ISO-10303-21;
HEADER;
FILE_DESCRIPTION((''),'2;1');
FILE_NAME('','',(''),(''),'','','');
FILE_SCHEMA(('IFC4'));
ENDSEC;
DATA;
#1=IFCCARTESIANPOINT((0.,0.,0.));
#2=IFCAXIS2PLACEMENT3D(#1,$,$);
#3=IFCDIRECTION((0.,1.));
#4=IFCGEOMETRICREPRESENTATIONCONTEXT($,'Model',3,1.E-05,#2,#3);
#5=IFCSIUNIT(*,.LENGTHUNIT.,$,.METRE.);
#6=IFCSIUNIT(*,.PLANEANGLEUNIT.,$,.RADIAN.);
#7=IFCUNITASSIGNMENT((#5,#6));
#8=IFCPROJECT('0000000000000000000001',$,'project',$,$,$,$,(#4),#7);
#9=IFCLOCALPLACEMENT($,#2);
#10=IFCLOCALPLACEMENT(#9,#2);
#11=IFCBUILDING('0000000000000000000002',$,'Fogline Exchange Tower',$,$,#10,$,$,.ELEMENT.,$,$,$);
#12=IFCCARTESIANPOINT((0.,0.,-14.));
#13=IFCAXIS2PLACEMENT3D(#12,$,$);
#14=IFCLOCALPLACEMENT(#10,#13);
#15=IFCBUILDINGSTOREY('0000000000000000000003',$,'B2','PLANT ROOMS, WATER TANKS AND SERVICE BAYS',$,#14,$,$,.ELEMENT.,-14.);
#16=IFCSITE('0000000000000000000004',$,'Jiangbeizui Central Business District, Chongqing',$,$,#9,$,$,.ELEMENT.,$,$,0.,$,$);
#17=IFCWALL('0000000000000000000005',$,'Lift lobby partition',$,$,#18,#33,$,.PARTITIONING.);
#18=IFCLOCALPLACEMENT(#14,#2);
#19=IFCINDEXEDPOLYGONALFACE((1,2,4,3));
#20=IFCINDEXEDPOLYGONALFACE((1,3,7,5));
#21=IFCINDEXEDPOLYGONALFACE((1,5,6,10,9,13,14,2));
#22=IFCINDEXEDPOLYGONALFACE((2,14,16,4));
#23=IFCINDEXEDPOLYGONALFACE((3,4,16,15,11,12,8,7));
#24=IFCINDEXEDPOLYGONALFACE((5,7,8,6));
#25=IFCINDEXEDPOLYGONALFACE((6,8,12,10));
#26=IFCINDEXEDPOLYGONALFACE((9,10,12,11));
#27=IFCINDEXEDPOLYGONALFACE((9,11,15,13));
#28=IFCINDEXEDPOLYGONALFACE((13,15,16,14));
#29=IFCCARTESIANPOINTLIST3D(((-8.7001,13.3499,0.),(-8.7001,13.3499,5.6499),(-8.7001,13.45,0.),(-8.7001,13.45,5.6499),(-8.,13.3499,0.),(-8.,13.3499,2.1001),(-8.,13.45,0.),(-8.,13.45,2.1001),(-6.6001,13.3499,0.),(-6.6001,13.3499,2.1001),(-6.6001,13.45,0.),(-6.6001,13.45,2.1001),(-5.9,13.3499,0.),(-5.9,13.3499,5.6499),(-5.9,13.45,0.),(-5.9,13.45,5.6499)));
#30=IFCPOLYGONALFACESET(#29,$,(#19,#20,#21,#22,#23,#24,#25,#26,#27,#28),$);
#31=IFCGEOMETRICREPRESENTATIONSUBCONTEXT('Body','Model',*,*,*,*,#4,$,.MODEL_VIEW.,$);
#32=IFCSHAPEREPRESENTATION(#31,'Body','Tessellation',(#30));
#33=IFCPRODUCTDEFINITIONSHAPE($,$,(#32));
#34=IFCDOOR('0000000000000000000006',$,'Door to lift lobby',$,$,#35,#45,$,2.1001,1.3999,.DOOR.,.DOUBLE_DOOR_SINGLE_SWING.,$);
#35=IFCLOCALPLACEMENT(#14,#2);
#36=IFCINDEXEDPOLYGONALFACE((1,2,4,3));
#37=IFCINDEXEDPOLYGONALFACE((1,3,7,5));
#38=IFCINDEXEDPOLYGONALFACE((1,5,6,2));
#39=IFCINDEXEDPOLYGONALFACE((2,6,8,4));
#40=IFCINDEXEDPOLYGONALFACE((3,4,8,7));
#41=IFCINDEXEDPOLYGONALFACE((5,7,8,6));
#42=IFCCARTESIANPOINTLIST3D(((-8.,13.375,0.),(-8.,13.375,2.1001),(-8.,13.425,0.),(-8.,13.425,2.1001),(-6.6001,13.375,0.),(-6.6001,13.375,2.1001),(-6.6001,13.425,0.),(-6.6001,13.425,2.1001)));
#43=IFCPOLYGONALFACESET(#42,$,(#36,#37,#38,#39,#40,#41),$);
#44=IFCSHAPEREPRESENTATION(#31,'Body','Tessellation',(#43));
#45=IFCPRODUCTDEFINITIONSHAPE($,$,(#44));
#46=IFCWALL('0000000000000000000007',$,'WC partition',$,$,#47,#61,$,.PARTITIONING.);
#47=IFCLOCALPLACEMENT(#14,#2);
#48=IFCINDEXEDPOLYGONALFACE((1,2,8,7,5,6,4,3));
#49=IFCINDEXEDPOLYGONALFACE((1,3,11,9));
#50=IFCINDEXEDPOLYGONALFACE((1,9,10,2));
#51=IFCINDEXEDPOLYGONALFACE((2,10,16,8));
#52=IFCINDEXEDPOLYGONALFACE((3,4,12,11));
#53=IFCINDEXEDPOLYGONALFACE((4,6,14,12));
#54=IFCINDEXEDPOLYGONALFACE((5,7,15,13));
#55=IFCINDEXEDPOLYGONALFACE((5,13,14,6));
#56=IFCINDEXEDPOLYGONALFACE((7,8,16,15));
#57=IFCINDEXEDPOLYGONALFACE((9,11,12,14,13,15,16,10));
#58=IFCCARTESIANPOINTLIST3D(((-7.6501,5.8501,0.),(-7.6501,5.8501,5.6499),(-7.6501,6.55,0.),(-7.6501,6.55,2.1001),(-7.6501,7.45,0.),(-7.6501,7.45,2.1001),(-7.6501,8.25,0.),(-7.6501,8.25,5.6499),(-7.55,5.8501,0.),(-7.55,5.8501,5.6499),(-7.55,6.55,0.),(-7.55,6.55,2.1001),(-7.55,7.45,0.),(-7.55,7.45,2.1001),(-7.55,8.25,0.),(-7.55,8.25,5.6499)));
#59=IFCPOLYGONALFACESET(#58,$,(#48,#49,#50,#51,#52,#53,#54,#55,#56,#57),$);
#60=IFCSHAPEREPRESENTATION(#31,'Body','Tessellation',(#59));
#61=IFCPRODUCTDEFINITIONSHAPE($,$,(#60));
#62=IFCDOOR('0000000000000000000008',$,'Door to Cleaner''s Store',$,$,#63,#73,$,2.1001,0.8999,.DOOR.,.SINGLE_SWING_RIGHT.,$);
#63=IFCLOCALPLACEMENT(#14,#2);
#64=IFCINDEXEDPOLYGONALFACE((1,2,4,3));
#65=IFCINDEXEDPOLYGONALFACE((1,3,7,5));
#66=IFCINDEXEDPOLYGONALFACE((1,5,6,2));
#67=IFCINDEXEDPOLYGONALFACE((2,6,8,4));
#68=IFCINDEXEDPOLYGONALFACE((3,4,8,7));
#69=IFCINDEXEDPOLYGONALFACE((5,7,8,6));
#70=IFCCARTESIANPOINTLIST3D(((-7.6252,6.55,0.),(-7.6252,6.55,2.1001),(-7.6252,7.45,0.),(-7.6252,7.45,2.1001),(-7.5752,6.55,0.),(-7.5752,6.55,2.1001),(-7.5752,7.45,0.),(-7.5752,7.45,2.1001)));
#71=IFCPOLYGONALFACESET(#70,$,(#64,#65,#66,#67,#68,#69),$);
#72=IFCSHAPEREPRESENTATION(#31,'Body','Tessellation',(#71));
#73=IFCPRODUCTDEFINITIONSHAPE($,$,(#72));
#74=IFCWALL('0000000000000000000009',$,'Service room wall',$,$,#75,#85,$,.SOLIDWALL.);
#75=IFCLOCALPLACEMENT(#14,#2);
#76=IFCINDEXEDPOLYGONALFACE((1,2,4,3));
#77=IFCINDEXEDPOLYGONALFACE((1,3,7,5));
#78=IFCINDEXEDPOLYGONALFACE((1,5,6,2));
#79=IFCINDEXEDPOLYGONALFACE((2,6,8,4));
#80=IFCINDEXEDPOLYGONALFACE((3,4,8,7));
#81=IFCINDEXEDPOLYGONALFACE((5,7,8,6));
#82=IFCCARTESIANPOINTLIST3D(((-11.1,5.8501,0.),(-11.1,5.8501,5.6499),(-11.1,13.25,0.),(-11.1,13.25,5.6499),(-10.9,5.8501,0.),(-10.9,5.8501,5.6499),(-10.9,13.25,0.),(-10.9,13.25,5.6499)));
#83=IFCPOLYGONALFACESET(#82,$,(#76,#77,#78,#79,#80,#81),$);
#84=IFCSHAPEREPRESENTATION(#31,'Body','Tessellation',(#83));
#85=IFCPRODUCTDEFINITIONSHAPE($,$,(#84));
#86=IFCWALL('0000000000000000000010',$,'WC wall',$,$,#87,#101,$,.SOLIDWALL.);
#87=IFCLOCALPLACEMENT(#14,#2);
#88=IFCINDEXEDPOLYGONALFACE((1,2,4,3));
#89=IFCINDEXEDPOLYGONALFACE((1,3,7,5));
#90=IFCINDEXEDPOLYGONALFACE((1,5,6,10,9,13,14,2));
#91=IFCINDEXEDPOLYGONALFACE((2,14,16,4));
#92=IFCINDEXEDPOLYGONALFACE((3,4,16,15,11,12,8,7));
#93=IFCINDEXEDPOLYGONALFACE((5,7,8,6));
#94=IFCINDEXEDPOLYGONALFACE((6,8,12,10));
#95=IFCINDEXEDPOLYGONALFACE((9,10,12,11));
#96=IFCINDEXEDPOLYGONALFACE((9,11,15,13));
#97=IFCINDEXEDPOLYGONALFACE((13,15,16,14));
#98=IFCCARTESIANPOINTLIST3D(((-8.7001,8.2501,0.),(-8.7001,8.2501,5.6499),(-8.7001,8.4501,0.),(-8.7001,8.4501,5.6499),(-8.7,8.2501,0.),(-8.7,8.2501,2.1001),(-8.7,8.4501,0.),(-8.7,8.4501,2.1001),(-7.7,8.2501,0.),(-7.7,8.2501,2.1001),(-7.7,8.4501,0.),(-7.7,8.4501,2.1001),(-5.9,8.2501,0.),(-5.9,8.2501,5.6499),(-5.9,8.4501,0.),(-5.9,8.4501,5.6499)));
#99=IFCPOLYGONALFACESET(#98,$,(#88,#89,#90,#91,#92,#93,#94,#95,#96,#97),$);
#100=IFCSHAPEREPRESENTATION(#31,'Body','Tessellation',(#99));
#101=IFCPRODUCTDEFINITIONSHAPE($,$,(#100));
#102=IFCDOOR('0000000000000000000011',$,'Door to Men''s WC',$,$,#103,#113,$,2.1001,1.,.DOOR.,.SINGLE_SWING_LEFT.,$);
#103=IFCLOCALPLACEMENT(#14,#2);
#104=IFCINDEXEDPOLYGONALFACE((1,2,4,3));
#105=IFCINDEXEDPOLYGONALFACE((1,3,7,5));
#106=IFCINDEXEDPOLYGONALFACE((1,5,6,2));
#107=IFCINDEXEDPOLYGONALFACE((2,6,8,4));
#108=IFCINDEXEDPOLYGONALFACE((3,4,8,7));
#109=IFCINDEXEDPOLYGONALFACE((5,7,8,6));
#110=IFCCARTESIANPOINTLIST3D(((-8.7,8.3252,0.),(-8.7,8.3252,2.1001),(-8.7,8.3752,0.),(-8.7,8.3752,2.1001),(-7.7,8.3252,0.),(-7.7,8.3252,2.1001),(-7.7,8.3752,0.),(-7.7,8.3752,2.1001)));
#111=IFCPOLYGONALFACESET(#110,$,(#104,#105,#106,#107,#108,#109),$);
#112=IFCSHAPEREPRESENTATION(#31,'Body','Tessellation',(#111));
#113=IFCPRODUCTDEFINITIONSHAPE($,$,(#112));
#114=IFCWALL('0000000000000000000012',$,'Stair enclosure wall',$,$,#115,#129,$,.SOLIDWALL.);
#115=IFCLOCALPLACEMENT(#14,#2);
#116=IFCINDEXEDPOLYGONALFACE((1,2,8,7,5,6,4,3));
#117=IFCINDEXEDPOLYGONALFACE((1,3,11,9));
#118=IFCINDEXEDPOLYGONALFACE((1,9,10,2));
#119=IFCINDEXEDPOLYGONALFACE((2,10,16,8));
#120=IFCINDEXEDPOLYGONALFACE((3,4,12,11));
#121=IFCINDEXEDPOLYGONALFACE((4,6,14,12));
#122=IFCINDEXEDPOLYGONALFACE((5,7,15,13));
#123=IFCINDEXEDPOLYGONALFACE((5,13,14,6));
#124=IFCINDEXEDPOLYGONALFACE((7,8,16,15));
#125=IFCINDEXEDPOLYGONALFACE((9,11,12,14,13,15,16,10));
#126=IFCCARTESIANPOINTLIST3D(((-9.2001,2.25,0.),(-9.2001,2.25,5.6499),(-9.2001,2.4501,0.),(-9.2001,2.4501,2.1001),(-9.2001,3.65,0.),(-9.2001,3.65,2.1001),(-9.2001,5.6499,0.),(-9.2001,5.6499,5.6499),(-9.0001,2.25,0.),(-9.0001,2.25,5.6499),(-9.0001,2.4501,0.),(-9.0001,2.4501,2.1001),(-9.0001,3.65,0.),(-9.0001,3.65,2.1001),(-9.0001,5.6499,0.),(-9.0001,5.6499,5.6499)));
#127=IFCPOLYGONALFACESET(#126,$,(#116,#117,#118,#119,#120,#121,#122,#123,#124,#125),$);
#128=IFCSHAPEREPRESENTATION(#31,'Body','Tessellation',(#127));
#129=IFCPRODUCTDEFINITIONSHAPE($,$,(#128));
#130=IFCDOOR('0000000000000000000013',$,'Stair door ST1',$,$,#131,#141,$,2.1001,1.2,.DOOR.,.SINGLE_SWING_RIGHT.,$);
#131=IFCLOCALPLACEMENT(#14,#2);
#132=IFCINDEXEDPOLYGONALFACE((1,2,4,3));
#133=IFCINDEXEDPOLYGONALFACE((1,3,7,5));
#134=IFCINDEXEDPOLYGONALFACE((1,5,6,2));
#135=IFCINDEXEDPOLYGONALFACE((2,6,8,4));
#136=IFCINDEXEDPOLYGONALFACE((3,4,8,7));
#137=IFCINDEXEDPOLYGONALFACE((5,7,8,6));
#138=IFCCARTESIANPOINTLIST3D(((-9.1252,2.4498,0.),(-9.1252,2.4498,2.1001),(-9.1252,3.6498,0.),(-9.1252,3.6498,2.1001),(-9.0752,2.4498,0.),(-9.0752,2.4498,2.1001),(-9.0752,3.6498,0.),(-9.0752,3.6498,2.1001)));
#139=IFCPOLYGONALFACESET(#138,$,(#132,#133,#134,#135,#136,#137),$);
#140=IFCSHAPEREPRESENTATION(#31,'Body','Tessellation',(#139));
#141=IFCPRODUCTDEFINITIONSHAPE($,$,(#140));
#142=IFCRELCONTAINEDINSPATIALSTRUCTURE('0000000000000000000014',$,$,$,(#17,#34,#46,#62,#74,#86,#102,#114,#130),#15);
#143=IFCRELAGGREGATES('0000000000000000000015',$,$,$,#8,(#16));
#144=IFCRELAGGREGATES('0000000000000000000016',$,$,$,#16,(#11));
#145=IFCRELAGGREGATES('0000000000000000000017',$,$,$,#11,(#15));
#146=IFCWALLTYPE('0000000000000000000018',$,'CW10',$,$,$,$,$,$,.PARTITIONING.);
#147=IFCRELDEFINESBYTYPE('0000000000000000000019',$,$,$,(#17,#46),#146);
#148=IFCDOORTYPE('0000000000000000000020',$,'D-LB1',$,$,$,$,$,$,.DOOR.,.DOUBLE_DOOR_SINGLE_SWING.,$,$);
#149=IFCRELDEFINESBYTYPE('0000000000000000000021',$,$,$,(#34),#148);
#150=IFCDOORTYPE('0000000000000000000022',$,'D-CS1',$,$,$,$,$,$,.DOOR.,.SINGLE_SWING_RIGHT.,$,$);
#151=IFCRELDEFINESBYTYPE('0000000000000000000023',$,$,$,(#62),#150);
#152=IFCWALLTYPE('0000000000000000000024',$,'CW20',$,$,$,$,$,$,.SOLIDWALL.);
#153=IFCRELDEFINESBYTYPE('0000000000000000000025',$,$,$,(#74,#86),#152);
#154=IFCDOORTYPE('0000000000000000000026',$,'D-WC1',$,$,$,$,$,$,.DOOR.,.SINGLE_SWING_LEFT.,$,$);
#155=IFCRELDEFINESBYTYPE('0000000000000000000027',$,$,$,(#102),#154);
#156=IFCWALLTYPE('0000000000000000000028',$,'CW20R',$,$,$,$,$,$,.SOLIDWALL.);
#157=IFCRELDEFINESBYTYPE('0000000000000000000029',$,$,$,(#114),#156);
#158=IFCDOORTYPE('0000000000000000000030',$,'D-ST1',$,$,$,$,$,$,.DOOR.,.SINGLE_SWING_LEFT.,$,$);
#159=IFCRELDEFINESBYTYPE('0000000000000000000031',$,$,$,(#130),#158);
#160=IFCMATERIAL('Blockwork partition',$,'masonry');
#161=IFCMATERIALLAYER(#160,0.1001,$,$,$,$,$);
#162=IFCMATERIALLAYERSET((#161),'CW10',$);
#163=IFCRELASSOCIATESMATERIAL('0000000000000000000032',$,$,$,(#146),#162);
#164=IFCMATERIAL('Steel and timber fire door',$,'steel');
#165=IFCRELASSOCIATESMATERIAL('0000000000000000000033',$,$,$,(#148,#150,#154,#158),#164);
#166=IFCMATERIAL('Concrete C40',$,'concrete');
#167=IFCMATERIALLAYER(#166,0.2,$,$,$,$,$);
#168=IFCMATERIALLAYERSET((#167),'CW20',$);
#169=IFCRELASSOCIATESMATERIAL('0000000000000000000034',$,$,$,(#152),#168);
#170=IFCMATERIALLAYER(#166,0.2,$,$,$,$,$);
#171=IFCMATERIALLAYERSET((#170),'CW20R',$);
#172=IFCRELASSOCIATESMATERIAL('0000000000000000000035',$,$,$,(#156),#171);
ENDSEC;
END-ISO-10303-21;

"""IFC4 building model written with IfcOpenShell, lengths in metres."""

from ifc_helpers import new_model, si_unit, direction, frame, frame_2d, origin, place, context, subcontext, project, spatial, rectangle, extrude, material, layer, layer_set, type_object, element, fill, save


model = new_model("IFC4")

# Units and contexts
model_context = context("Model", 3, precision=1e-05, world=origin(), true_north=direction((0.0, 1.0)))
body_context = subcontext(model_context, "Body", "Model", "MODEL_VIEW")
ifc_project = project(units=[si_unit("LENGTHUNIT", "METRE"), si_unit("PLANEANGLEUNIT", "RADIAN")], contexts=[model_context])

# Site, building, storey
site_placement = place(None, origin())
site = spatial("IfcSite", under=ifc_project, at=site_placement, Name="Jiangbeizui Central Business District, Chongqing", CompositionType="ELEMENT", RefElevation=0.0)
building_placement = place(site_placement, origin())
building = spatial("IfcBuilding", under=site, at=building_placement, Name="Fogline Exchange Tower", CompositionType="ELEMENT")
storey_placement = place(building_placement, frame((0.0, 0.0, -14.0)))
storey = spatial("IfcBuildingStorey", under=building, at=storey_placement, Name="B2", Description="PLANT ROOMS, WATER TANKS AND SERVICE BAYS", CompositionType="ELEMENT", Elevation=-14.0)

# Shared definitions
ifc_material_1 = material(Name="Concrete C40", Category="concrete")

# Walls, openings, doors
ifc_material_2 = material(Name="Blockwork partition", Category="masonry")
ifc_layer_1 = layer(ifc_material_2, 0.1001)
ifc_layer_set_1 = layer_set([ifc_layer_1], Name="CW10")
wall_type_1 = type_object("IfcWallType", Name="CW10", PredefinedType="PARTITIONING", material=ifc_layer_set_1)
wall_1_placement = place(storey_placement, frame((-8.7, 13.3999, 0.0), z_axis=(0.0, 0.0, 1.0), x_axis=(1.0, 0.0, 0.0)))
wall_1 = element("IfcWall", 1, at=wall_1_placement, inside=storey, type_object=wall_type_1, Name="Lift lobby partition", PredefinedType="PARTITIONING", context=body_context, shape_type="SweptSolid", body=[
    extrude(rectangle(XDim=2.8, YDim=0.1001, at=frame_2d((1.3999, 0.0))), origin(), (0.0, 0.0, 1.0), 5.6499),
])
opening_1_placement = place(wall_1_placement, frame((0.7, 0.0, 0.0)))
opening_1 = element("IfcOpeningElement", 2, at=opening_1_placement, cuts=wall_1, PredefinedType="OPENING", context=body_context, shape_type="SweptSolid", body=[
    extrude(rectangle(XDim=1.3999, YDim=2.1001, at=frame_2d((0.7, 1.05))), frame((0.0, 0.0601, 0.0), z_axis=(0.0, -1.0, 0.0), x_axis=(1.0, 0.0, 0.0)), (0.0, 0.0, 1.0), 0.1201),
])
ifc_material_3 = material(Name="Steel and timber fire door", Category="steel")
door_type_1 = type_object("IfcDoorType", Name="D-LB1", OperationType="DOUBLE_DOOR_SINGLE_SWING", PredefinedType="DOOR", material=ifc_material_3)
door_1_placement = place(opening_1_placement, frame((1.3999, 0.0, 0.0), z_axis=(0.0, 0.0, 1.0), x_axis=(-1.0, 0.0, 0.0)))
door_1 = element("IfcDoor", 3, at=door_1_placement, inside=storey, type_object=door_type_1, Name="Door to lift lobby", OperationType="DOUBLE_DOOR_SINGLE_SWING", OverallHeight=2.1001, OverallWidth=1.3999, PredefinedType="DOOR", context=body_context, shape_type="SweptSolid", body=[
    extrude(rectangle(XDim=1.3999, YDim=2.1001, at=frame_2d((0.7, 1.05))), frame((0.0, 0.0249, 0.0), z_axis=(0.0, -1.0, 0.0), x_axis=(1.0, 0.0, 0.0)), (0.0, 0.0, 1.0), 0.05),
])
fill(opening_1, door_1)
wall_2_placement = place(storey_placement, frame((-7.6001, 5.8501, 0.0), z_axis=(0.0, 0.0, 1.0), x_axis=(0.0, 1.0, 0.0)))
wall_2 = element("IfcWall", 4, at=wall_2_placement, inside=storey, type_object=wall_type_1, Name="WC partition", PredefinedType="PARTITIONING", context=body_context, shape_type="SweptSolid", body=[
    extrude(rectangle(XDim=2.3999, YDim=0.1001, at=frame_2d((1.2, 0.0))), origin(), (0.0, 0.0, 1.0), 5.6499),
])
opening_2_placement = place(wall_2_placement, frame((0.7, 0.0, 0.0)))
opening_2 = element("IfcOpeningElement", 5, at=opening_2_placement, cuts=wall_2, PredefinedType="OPENING", context=body_context, shape_type="SweptSolid", body=[
    extrude(rectangle(XDim=0.8999, YDim=2.1001, at=frame_2d((0.45, 1.05))), frame((0.0, 0.0601, 0.0), z_axis=(0.0, -1.0, 0.0), x_axis=(1.0, 0.0, 0.0)), (0.0, 0.0, 1.0), 0.1201),
])
door_type_2 = type_object("IfcDoorType", Name="D-CS1", OperationType="SINGLE_SWING_RIGHT", PredefinedType="DOOR", material=ifc_material_3)
door_2_placement = place(opening_2_placement, frame((0.8999, 0.0, 0.0), z_axis=(0.0, 0.0, 1.0), x_axis=(-1.0, 0.0, 0.0)))
door_2 = element("IfcDoor", 6, at=door_2_placement, inside=storey, type_object=door_type_2, Name="Door to Cleaner's Store", OperationType="SINGLE_SWING_RIGHT", OverallHeight=2.1001, OverallWidth=0.8999, PredefinedType="DOOR", context=body_context, shape_type="SweptSolid", body=[
    extrude(rectangle(XDim=0.8999, YDim=2.1001, at=frame_2d((0.45, 1.05))), frame((0.0, 0.0249, 0.0), z_axis=(0.0, -1.0, 0.0), x_axis=(1.0, 0.0, 0.0)), (0.0, 0.0, 1.0), 0.05),
])
fill(opening_2, door_2)

# Wall
ifc_layer_2 = layer(ifc_material_1, 0.2)
ifc_layer_set_2 = layer_set([ifc_layer_2], Name="CW20")
wall_type_2 = type_object("IfcWallType", Name="CW20", PredefinedType="SOLIDWALL", material=ifc_layer_set_2)
wall_3_placement = place(storey_placement, frame((-11.0, 5.8501, 0.0), z_axis=(0.0, 0.0, 1.0), x_axis=(0.0, 1.0, 0.0)))
element("IfcWall", 7, at=wall_3_placement, inside=storey, type_object=wall_type_2, Name="Service room wall", PredefinedType="SOLIDWALL", context=body_context, shape_type="SweptSolid", body=[
    extrude(rectangle(XDim=7.3999, YDim=0.2, at=frame_2d((3.7, 0.0))), origin(), (0.0, 0.0, 1.0), 5.6499),
])

# Walls, openings, doors
wall_4_placement = place(storey_placement, frame((-8.7, 8.3501, 0.0), z_axis=(0.0, 0.0, 1.0), x_axis=(1.0, 0.0, 0.0)))
wall_4 = element("IfcWall", 8, at=wall_4_placement, inside=storey, type_object=wall_type_2, Name="WC wall", PredefinedType="SOLIDWALL", context=body_context, shape_type="SweptSolid", body=[
    extrude(rectangle(XDim=2.8, YDim=0.2, at=frame_2d((1.3999, 0.0))), origin(), (0.0, 0.0, 1.0), 5.6499),
])
opening_3_placement = place(wall_4_placement, origin())
opening_3 = element("IfcOpeningElement", 9, at=opening_3_placement, cuts=wall_4, PredefinedType="OPENING", context=body_context, shape_type="SweptSolid", body=[
    extrude(rectangle(XDim=1.0, YDim=2.1001, at=frame_2d((0.5, 1.05))), frame((0.0, 0.1099, 0.0), z_axis=(0.0, -1.0, 0.0), x_axis=(1.0, 0.0, 0.0)), (0.0, 0.0, 1.0), 0.22),
])
door_type_3 = type_object("IfcDoorType", Name="D-WC1", OperationType="SINGLE_SWING_LEFT", PredefinedType="DOOR", material=ifc_material_3)
door_3_placement = place(opening_3_placement, frame((1.0, 0.0, 0.0), z_axis=(0.0, 0.0, 1.0), x_axis=(-1.0, 0.0, 0.0)))
door_3 = element("IfcDoor", 10, at=door_3_placement, inside=storey, type_object=door_type_3, Name="Door to Men's WC", OperationType="SINGLE_SWING_LEFT", OverallHeight=2.1001, OverallWidth=1.0, PredefinedType="DOOR", context=body_context, shape_type="SweptSolid", body=[
    extrude(rectangle(XDim=1.0, YDim=2.1001, at=frame_2d((0.5, 1.05))), frame((0.0, 0.0249, 0.0), z_axis=(0.0, -1.0, 0.0), x_axis=(1.0, 0.0, 0.0)), (0.0, 0.0, 1.0), 0.05),
])
fill(opening_3, door_3)
ifc_layer_3 = layer(ifc_material_1, 0.2)
ifc_layer_set_3 = layer_set([ifc_layer_3], Name="CW20R")
wall_type_3 = type_object("IfcWallType", Name="CW20R", PredefinedType="SOLIDWALL", material=ifc_layer_set_3)
wall_5_placement = place(storey_placement, frame((-9.1001, 2.25, 0.0), z_axis=(0.0, 0.0, 1.0), x_axis=(0.0, 1.0, 0.0)))
wall_5 = element("IfcWall", 11, at=wall_5_placement, inside=storey, type_object=wall_type_3, Name="Stair enclosure wall", PredefinedType="SOLIDWALL", context=body_context, shape_type="SweptSolid", body=[
    extrude(rectangle(XDim=3.3999, YDim=0.2, at=frame_2d((1.7, 0.0))), origin(), (0.0, 0.0, 1.0), 5.6499),
])
opening_4_placement = place(wall_5_placement, frame((0.2, 0.0, 0.0)))
opening_4 = element("IfcOpeningElement", 12, at=opening_4_placement, cuts=wall_5, PredefinedType="OPENING", context=body_context, shape_type="SweptSolid", body=[
    extrude(rectangle(XDim=1.2, YDim=2.1001, at=frame_2d((0.6001, 1.05))), frame((0.0, 0.1099, 0.0), z_axis=(0.0, -1.0, 0.0), x_axis=(1.0, 0.0, 0.0)), (0.0, 0.0, 1.0), 0.22),
])
door_type_4 = type_object("IfcDoorType", Name="D-ST1", OperationType="SINGLE_SWING_LEFT", PredefinedType="DOOR", material=ifc_material_3)
door_4_placement = place(opening_4_placement, frame((1.2, 0.0, 0.0), z_axis=(0.0, 0.0, 1.0), x_axis=(-1.0, 0.0, 0.0)))
door_4 = element("IfcDoor", 13, at=door_4_placement, inside=storey, type_object=door_type_4, Name="Stair door ST1", OperationType="SINGLE_SWING_RIGHT", OverallHeight=2.1001, OverallWidth=1.2, PredefinedType="DOOR", context=body_context, shape_type="SweptSolid", body=[
    extrude(rectangle(XDim=1.2, YDim=2.1001, at=frame_2d((0.6001, 1.05))), frame((0.0, 0.0249, 0.0), z_axis=(0.0, -1.0, 0.0), x_axis=(1.0, 0.0, 0.0)), (0.0, 0.0, 1.0), 0.05),
])
fill(opening_4, door_4)

save(model, "model.ifc")
